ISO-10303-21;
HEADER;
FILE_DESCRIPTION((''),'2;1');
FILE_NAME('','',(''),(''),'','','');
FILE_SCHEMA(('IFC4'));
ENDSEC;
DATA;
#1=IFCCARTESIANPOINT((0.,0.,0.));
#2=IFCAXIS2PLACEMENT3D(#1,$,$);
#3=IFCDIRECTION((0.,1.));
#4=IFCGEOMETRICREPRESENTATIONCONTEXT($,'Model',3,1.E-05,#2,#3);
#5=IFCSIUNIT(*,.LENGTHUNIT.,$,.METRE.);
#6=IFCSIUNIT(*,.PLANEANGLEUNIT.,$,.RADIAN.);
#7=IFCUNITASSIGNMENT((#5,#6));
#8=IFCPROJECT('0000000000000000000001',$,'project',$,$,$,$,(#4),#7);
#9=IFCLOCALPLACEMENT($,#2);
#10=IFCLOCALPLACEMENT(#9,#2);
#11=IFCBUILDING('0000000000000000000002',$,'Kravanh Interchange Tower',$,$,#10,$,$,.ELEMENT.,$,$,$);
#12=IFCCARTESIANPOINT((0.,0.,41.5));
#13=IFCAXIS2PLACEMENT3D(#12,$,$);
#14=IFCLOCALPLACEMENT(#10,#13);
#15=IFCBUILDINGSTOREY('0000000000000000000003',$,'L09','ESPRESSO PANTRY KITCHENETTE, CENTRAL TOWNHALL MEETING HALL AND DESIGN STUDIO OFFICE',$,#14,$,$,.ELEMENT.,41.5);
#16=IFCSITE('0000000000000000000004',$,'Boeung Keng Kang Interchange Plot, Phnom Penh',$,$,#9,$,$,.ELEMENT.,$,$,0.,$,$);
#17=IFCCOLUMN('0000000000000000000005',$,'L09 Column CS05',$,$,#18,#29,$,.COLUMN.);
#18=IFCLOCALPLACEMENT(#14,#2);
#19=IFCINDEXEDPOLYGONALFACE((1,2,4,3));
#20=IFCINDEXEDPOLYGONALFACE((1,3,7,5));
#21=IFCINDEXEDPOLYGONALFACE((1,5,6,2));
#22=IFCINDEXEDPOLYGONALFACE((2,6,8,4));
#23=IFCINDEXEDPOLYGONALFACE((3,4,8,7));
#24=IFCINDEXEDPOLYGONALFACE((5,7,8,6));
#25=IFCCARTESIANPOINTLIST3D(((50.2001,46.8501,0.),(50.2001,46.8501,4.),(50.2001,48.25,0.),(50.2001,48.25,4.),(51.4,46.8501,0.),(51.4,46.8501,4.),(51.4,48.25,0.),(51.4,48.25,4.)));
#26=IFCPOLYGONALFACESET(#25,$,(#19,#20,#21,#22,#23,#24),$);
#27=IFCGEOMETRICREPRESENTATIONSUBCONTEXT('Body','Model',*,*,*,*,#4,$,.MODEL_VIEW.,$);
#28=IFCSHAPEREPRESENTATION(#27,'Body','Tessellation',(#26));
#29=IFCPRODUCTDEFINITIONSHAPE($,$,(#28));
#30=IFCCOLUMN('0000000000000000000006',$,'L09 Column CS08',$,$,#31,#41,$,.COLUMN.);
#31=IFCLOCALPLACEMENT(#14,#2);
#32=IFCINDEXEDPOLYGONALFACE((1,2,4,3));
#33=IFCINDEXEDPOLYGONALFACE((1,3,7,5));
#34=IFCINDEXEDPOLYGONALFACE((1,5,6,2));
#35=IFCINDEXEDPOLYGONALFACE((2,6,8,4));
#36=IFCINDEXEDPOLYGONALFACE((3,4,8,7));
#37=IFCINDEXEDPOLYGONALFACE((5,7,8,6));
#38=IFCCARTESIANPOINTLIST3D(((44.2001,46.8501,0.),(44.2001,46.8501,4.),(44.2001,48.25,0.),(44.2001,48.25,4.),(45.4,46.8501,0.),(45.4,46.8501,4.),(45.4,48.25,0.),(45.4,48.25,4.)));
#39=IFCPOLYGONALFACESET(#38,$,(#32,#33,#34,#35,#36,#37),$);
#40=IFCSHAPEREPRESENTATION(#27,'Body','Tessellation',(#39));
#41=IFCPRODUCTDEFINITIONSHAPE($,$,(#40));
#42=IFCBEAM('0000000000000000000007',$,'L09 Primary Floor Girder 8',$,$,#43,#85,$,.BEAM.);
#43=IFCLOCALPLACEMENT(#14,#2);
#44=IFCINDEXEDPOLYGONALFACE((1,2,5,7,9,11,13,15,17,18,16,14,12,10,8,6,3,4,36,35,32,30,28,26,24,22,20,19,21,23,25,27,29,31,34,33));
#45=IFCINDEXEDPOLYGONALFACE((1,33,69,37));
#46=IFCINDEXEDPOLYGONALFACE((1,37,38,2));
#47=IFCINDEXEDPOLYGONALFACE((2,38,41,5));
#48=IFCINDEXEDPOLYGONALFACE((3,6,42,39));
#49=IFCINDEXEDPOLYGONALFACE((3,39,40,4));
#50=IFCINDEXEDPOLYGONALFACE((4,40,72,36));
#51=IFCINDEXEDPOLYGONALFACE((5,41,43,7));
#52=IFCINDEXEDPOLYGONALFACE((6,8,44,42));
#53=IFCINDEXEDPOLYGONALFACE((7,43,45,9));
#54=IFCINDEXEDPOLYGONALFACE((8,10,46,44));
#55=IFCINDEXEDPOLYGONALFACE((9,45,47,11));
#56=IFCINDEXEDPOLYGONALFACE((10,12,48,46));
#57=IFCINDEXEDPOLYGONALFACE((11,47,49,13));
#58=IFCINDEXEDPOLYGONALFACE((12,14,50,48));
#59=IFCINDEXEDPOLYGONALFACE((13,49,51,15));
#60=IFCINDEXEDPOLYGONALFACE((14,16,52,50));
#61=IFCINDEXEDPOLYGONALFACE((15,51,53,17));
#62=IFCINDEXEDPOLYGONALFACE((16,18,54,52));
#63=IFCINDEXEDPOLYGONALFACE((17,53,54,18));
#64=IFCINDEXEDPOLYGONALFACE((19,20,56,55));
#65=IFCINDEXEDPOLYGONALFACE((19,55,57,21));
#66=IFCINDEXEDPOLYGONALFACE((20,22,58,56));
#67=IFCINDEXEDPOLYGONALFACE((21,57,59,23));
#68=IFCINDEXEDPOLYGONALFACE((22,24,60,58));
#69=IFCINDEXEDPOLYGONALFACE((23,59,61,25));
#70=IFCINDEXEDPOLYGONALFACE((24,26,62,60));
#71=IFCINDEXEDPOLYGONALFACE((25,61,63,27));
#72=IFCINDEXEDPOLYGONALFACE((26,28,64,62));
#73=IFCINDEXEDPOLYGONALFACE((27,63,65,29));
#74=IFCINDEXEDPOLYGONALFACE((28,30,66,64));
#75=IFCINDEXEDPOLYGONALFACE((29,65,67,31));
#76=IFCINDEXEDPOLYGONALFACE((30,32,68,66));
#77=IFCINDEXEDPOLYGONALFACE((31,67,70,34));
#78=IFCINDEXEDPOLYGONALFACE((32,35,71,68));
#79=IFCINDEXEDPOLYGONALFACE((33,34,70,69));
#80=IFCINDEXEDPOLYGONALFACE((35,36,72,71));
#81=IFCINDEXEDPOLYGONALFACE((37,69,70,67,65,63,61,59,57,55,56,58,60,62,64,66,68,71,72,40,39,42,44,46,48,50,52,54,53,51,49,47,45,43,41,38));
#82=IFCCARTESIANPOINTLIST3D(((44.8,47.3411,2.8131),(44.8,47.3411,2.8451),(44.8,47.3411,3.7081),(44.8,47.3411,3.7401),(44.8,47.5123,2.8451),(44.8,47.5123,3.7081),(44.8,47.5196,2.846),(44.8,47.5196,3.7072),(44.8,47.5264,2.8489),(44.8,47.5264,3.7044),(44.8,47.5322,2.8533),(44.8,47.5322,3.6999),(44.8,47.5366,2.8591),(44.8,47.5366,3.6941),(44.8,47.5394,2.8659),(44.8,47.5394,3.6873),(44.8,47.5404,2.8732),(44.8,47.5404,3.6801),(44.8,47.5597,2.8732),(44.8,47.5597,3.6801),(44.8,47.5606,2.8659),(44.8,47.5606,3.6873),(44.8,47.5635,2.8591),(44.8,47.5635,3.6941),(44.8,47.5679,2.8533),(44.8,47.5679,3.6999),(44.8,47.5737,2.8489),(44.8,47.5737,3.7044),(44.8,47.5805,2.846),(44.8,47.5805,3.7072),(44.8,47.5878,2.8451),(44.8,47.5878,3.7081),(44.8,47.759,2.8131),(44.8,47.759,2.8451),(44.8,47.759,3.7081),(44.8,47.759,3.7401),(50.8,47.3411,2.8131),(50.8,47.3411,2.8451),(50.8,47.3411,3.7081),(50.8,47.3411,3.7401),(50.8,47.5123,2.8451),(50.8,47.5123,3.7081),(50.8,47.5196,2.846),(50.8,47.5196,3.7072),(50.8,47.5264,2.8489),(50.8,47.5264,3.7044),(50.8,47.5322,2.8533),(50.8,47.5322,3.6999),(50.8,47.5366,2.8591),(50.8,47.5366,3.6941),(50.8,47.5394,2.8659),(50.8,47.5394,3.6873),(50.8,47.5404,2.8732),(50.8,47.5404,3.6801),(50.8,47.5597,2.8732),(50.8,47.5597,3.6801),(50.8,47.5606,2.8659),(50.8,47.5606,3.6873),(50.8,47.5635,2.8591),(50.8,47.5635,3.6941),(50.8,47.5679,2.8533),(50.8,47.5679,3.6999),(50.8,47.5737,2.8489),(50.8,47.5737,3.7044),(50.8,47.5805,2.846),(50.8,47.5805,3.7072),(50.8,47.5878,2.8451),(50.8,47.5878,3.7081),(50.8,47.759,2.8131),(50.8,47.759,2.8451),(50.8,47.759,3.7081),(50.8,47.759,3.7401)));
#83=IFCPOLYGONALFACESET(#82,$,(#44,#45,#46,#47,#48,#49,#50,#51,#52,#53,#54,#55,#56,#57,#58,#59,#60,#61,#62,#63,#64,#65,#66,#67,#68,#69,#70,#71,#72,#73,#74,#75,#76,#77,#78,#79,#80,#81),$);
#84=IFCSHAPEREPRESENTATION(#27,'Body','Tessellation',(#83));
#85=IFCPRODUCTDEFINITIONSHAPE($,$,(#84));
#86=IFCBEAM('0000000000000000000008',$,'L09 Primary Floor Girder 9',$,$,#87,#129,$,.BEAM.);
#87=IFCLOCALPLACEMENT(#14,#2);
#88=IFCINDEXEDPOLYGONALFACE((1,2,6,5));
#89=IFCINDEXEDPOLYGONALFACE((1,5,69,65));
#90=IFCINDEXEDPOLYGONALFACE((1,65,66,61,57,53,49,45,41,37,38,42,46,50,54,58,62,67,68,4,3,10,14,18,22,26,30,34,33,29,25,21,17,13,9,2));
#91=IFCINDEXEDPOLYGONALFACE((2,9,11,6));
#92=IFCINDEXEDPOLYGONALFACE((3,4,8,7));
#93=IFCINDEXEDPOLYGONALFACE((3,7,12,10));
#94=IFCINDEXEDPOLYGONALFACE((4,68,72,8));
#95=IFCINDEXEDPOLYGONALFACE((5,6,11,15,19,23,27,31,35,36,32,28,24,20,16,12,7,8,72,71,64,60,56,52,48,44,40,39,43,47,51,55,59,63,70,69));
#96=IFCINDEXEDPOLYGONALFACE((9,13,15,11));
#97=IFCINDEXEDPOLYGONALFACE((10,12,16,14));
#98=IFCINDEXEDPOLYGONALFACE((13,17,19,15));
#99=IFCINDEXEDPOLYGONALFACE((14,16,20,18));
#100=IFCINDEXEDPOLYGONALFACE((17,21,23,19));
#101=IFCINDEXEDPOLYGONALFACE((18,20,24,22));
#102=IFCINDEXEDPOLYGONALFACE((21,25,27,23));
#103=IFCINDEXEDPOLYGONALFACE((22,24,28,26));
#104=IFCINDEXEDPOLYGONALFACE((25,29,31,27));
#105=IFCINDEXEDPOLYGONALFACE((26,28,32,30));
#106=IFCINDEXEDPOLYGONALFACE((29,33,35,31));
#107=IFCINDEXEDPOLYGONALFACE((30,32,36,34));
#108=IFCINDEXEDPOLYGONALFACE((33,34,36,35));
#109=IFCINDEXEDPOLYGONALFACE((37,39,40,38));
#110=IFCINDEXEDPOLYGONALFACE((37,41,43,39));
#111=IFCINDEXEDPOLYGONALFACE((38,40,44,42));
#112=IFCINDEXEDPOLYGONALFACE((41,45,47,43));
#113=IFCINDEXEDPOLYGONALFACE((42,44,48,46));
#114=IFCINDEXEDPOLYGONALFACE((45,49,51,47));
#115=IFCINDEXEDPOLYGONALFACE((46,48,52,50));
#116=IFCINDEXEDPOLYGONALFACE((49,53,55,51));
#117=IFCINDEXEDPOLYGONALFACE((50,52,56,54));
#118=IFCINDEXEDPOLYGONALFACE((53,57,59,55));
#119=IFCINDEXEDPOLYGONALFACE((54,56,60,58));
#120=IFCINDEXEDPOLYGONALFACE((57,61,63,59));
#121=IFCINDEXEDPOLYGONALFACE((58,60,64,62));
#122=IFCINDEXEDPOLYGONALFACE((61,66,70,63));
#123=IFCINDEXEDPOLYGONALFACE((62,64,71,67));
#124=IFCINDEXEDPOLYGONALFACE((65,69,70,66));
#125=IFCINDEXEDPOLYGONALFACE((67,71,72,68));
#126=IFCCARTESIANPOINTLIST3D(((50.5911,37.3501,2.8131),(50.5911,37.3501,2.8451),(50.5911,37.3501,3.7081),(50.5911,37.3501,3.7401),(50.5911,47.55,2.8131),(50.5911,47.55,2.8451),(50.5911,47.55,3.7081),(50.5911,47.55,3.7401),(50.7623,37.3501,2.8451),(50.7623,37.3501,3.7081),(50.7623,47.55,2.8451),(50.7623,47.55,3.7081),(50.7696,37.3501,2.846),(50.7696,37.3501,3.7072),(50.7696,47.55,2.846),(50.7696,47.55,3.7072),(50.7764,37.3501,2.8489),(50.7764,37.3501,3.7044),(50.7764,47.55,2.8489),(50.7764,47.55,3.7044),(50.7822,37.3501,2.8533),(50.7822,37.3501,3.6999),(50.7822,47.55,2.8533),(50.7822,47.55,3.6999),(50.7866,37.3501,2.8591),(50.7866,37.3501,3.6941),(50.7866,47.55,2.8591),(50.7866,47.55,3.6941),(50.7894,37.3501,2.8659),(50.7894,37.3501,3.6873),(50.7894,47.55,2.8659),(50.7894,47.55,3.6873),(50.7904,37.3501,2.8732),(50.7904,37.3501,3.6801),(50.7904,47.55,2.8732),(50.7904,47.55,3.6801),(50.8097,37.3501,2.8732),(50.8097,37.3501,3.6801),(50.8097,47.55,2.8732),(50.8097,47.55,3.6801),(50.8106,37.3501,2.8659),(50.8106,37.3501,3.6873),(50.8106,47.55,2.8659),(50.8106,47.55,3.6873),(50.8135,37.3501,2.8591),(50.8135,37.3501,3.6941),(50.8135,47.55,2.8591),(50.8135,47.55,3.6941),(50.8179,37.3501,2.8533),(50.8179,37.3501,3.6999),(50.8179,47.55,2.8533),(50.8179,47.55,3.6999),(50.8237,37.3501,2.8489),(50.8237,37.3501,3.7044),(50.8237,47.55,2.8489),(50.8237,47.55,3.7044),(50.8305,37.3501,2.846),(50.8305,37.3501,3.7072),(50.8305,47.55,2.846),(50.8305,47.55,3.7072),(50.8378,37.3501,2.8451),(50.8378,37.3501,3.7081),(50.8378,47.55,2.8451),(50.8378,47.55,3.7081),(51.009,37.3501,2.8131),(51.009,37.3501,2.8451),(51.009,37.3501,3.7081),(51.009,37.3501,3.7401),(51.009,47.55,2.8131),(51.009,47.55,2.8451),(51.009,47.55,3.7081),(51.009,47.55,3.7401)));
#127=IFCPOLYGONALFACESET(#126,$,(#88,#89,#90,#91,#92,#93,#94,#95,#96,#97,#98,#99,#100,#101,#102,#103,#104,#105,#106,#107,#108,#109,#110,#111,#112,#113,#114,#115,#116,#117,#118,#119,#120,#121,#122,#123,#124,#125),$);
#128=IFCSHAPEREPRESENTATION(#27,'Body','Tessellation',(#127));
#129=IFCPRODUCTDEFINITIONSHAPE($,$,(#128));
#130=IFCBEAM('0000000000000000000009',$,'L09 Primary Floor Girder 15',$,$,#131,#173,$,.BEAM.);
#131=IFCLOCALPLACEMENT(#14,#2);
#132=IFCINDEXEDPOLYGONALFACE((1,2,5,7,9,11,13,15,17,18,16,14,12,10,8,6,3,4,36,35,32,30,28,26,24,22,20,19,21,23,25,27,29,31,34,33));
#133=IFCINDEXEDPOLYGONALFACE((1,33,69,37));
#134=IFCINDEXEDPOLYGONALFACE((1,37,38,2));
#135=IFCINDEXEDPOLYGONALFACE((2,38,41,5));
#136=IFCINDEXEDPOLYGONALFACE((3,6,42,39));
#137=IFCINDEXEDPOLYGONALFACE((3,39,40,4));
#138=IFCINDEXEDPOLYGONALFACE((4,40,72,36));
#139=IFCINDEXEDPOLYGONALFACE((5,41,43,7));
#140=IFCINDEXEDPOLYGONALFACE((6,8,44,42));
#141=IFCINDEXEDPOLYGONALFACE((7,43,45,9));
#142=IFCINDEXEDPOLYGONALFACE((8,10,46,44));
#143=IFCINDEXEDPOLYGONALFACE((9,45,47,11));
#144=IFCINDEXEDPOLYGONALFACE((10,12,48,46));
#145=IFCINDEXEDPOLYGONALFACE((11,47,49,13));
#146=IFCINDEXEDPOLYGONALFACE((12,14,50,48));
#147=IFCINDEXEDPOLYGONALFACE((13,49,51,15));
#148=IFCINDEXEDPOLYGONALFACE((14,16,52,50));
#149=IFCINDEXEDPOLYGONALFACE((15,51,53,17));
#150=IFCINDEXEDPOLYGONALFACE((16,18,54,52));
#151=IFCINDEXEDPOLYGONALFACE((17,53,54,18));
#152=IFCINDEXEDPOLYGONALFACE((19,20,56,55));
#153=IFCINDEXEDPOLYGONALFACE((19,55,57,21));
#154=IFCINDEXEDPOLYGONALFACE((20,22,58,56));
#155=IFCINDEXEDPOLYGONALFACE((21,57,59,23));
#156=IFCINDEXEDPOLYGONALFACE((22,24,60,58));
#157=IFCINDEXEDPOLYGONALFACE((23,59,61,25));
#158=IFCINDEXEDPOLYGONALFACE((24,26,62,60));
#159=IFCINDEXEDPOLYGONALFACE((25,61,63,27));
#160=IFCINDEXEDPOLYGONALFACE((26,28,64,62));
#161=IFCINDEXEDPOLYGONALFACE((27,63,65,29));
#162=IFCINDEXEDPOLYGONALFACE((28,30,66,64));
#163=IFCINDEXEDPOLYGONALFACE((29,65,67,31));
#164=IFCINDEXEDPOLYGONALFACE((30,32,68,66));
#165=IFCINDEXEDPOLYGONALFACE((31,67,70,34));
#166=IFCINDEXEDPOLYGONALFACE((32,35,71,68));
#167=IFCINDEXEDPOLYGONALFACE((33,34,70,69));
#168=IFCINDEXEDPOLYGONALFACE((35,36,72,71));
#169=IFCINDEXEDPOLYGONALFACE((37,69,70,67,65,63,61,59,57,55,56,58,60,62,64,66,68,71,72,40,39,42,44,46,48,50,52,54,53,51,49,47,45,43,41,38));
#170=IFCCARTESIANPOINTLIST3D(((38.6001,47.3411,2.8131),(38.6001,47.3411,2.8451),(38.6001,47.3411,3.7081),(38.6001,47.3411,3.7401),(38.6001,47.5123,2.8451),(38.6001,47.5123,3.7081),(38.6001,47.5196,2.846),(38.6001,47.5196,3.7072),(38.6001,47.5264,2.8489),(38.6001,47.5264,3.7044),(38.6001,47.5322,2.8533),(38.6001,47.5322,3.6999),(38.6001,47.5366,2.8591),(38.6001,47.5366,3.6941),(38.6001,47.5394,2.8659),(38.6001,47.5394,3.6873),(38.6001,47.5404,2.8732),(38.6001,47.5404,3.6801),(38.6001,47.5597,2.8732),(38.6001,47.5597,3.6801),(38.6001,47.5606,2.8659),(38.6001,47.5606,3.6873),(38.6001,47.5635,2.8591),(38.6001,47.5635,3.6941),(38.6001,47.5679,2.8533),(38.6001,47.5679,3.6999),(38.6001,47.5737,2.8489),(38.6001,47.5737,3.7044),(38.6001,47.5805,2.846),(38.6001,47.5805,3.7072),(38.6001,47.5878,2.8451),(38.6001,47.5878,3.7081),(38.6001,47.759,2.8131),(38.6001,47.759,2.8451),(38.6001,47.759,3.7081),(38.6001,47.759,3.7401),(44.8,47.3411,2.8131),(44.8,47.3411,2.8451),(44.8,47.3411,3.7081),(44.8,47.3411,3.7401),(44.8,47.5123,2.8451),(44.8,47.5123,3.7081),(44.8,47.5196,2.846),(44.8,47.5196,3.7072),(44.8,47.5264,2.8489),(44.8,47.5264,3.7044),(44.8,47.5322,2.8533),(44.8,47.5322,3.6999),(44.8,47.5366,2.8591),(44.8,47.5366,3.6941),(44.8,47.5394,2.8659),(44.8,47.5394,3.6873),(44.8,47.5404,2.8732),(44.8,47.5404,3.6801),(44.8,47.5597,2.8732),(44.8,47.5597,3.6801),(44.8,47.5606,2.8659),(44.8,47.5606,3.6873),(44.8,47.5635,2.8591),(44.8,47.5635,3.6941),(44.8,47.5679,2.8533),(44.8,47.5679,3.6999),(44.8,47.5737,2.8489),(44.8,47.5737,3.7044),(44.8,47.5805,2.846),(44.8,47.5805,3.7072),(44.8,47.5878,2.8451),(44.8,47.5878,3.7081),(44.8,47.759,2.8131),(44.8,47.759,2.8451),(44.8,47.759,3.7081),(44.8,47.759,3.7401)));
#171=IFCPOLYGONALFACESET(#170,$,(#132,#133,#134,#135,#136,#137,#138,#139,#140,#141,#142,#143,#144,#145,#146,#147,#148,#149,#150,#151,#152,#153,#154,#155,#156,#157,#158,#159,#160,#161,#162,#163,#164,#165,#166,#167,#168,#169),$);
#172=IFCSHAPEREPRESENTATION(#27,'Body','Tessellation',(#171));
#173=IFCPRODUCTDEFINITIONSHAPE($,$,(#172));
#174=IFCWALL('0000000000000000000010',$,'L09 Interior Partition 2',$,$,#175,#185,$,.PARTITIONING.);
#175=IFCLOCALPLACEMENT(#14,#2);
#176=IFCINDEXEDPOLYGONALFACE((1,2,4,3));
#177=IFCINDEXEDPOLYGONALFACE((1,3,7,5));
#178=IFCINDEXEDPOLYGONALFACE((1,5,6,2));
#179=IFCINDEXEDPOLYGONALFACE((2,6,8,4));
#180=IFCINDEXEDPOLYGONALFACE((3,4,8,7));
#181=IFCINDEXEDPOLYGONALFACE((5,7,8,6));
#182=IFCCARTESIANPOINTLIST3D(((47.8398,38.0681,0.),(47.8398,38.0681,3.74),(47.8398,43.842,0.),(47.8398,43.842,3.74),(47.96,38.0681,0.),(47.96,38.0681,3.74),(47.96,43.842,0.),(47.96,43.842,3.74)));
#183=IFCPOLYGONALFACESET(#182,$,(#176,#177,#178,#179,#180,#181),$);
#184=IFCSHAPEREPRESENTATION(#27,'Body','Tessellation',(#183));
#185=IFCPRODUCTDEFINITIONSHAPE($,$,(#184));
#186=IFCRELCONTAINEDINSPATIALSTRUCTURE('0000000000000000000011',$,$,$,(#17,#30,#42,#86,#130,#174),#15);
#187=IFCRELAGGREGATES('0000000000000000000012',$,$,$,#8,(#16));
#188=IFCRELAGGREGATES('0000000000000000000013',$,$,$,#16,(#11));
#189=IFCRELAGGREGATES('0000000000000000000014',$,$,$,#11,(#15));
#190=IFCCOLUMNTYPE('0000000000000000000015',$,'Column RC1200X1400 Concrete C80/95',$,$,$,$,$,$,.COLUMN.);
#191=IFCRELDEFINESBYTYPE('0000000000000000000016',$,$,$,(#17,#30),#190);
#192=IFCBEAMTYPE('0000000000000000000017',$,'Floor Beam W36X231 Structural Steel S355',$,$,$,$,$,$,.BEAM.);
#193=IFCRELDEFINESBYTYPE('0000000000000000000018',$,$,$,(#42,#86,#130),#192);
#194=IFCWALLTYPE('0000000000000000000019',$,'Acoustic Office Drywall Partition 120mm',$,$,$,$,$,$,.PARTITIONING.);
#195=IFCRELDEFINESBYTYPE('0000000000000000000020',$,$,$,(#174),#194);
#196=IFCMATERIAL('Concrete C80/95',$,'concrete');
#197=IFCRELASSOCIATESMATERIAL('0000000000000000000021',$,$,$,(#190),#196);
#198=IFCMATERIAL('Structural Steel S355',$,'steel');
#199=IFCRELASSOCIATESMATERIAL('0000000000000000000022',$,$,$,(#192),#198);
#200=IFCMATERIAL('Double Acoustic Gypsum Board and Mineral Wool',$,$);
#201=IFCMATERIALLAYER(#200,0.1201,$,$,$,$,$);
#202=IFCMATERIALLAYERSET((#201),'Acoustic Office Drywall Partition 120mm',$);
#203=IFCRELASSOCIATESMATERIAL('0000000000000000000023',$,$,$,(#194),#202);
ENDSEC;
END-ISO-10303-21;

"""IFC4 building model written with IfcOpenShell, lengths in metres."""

from ifc_helpers import new_model, si_unit, direction, frame, frame_2d, origin, origin_2d, place, context, subcontext, project, spatial, rectangle, i_section, extrude, material, layer, layer_set, material_profile, profile_set, type_object, element, save


model = new_model("IFC4")

# Units and contexts
model_context = context("Model", 3, precision=1e-05, world=origin(), true_north=direction((0.0, 1.0)))
body_context = subcontext(model_context, "Body", "Model", "MODEL_VIEW")
ifc_project = project(units=[si_unit("LENGTHUNIT", "METRE"), si_unit("PLANEANGLEUNIT", "RADIAN")], contexts=[model_context])

# Site, building, storey
site_placement = place(None, origin())
site = spatial("IfcSite", under=ifc_project, at=site_placement, Name="Boeung Keng Kang Interchange Plot, Phnom Penh", CompositionType="ELEMENT", RefElevation=0.0)
building_placement = place(site_placement, origin())
building = spatial("IfcBuilding", under=site, at=building_placement, Name="Kravanh Interchange Tower", CompositionType="ELEMENT")
storey_placement = place(building_placement, frame((0.0, 0.0, 41.5)))
storey = spatial("IfcBuildingStorey", under=building, at=storey_placement, Name="L09", Description="ESPRESSO PANTRY KITCHENETTE, CENTRAL TOWNHALL MEETING HALL AND DESIGN STUDIO OFFICE", CompositionType="ELEMENT", Elevation=41.5)

# Columns
ifc_material_1 = material(Name="Concrete C80/95", Category="concrete")
ifc_material_profile_1 = material_profile(ifc_material_1, rectangle(XDim=1.2, YDim=1.3999, at=origin_2d()), Name="RC1200X1400")
ifc_profile_set_1 = profile_set([ifc_material_profile_1], Name="Concrete C80/95")
column_type = type_object("IfcColumnType", Name="Column RC1200X1400 Concrete C80/95", PredefinedType="COLUMN", material=ifc_profile_set_1)
for number, where, z_axis, x_axis, name in (
    (1, (50.8, 47.55, 0.0), (0.0, 0.0, 1.0), (1.0, 0.0, 0.0), "L09 Column CS05"),
    (2, (44.8, 47.55, 0.0), (0.0, 0.0, 1.0), (1.0, 0.0, 0.0), "L09 Column CS08"),
):
    element("IfcColumn", number, at=place(storey_placement, frame(where, z_axis=z_axis, x_axis=x_axis)), inside=storey, type_object=column_type, Name=name, PredefinedType="COLUMN", context=body_context, shape_type="SweptSolid", body=[
        extrude(rectangle(XDim=1.2, YDim=1.3999, at=origin_2d()), origin(), (0.0, 0.0, 1.0), 4.0),
    ])

# Beams
ifc_material_2 = material(Name="Structural Steel S355", Category="steel")
ifc_material_profile_2 = material_profile(ifc_material_2, i_section(OverallWidth=0.418, OverallDepth=0.927, WebThickness=0.0193, FlangeThickness=0.032, FilletRadius=0.0281, at=origin_2d()), Name="W36X231")
ifc_profile_set_2 = profile_set([ifc_material_profile_2], Name="Structural Steel S355")
beam_type = type_object("IfcBeamType", Name="Floor Beam W36X231 Structural Steel S355", PredefinedType="BEAM", material=ifc_profile_set_2)
beam_1_placement = place(storey_placement, frame((50.8, 47.55, 3.2766), z_axis=(-1.0, 0.0, 0.0), x_axis=(0.0, -1.0, 0.0)))
element("IfcBeam", 3, at=beam_1_placement, inside=storey, type_object=beam_type, Name="L09 Primary Floor Girder 8", PredefinedType="BEAM", context=body_context, shape_type="SweptSolid", body=[
    extrude(i_section(OverallWidth=0.418, OverallDepth=0.927, WebThickness=0.0193, FlangeThickness=0.032, FilletRadius=0.0281, at=origin_2d()), origin(), (0.0, 0.0, 1.0), 6.0),
])
beam_2_placement = place(storey_placement, frame((50.8, 47.55, 3.2766), z_axis=(0.0, -1.0, 0.0), x_axis=(1.0, 0.0, 0.0)))
element("IfcBeam", 4, at=beam_2_placement, inside=storey, type_object=beam_type, Name="L09 Primary Floor Girder 9", PredefinedType="BEAM", context=body_context, shape_type="SweptSolid", body=[
    extrude(i_section(OverallWidth=0.418, OverallDepth=0.927, WebThickness=0.0193, FlangeThickness=0.032, FilletRadius=0.0281, at=origin_2d()), origin(), (0.0, 0.0, 1.0), 10.2),
])
beam_3_placement = place(storey_placement, frame((44.8, 47.55, 3.2766), z_axis=(-1.0, 0.0, 0.0), x_axis=(0.0, -1.0, 0.0)))
element("IfcBeam", 5, at=beam_3_placement, inside=storey, type_object=beam_type, Name="L09 Primary Floor Girder 15", PredefinedType="BEAM", context=body_context, shape_type="SweptSolid", body=[
    extrude(i_section(OverallWidth=0.418, OverallDepth=0.927, WebThickness=0.0193, FlangeThickness=0.032, FilletRadius=0.0281, at=origin_2d()), origin(), (0.0, 0.0, 1.0), 6.2),
])

# Wall
ifc_material_3 = material(Name="Double Acoustic Gypsum Board and Mineral Wool")
ifc_layer_1 = layer(ifc_material_3, 0.1201)
ifc_layer_set_1 = layer_set([ifc_layer_1], Name="Acoustic Office Drywall Partition 120mm")
wall_type_1 = type_object("IfcWallType", Name="Acoustic Office Drywall Partition 120mm", PredefinedType="PARTITIONING", material=ifc_layer_set_1)
wall_1_placement = place(storey_placement, frame((47.8999, 38.0681, 0.0), z_axis=(0.0, 0.0, 1.0), x_axis=(0.0, 1.0, 0.0)))
element("IfcWall", 6, at=wall_1_placement, inside=storey, type_object=wall_type_1, Name="L09 Interior Partition 2", PredefinedType="PARTITIONING", context=body_context, shape_type="SweptSolid", body=[
    extrude(rectangle(XDim=5.7739, YDim=0.1201, at=frame_2d((2.887, 0.0))), origin(), (0.0, 0.0, 1.0), 3.74),
])

save(model, "model.ifc")
